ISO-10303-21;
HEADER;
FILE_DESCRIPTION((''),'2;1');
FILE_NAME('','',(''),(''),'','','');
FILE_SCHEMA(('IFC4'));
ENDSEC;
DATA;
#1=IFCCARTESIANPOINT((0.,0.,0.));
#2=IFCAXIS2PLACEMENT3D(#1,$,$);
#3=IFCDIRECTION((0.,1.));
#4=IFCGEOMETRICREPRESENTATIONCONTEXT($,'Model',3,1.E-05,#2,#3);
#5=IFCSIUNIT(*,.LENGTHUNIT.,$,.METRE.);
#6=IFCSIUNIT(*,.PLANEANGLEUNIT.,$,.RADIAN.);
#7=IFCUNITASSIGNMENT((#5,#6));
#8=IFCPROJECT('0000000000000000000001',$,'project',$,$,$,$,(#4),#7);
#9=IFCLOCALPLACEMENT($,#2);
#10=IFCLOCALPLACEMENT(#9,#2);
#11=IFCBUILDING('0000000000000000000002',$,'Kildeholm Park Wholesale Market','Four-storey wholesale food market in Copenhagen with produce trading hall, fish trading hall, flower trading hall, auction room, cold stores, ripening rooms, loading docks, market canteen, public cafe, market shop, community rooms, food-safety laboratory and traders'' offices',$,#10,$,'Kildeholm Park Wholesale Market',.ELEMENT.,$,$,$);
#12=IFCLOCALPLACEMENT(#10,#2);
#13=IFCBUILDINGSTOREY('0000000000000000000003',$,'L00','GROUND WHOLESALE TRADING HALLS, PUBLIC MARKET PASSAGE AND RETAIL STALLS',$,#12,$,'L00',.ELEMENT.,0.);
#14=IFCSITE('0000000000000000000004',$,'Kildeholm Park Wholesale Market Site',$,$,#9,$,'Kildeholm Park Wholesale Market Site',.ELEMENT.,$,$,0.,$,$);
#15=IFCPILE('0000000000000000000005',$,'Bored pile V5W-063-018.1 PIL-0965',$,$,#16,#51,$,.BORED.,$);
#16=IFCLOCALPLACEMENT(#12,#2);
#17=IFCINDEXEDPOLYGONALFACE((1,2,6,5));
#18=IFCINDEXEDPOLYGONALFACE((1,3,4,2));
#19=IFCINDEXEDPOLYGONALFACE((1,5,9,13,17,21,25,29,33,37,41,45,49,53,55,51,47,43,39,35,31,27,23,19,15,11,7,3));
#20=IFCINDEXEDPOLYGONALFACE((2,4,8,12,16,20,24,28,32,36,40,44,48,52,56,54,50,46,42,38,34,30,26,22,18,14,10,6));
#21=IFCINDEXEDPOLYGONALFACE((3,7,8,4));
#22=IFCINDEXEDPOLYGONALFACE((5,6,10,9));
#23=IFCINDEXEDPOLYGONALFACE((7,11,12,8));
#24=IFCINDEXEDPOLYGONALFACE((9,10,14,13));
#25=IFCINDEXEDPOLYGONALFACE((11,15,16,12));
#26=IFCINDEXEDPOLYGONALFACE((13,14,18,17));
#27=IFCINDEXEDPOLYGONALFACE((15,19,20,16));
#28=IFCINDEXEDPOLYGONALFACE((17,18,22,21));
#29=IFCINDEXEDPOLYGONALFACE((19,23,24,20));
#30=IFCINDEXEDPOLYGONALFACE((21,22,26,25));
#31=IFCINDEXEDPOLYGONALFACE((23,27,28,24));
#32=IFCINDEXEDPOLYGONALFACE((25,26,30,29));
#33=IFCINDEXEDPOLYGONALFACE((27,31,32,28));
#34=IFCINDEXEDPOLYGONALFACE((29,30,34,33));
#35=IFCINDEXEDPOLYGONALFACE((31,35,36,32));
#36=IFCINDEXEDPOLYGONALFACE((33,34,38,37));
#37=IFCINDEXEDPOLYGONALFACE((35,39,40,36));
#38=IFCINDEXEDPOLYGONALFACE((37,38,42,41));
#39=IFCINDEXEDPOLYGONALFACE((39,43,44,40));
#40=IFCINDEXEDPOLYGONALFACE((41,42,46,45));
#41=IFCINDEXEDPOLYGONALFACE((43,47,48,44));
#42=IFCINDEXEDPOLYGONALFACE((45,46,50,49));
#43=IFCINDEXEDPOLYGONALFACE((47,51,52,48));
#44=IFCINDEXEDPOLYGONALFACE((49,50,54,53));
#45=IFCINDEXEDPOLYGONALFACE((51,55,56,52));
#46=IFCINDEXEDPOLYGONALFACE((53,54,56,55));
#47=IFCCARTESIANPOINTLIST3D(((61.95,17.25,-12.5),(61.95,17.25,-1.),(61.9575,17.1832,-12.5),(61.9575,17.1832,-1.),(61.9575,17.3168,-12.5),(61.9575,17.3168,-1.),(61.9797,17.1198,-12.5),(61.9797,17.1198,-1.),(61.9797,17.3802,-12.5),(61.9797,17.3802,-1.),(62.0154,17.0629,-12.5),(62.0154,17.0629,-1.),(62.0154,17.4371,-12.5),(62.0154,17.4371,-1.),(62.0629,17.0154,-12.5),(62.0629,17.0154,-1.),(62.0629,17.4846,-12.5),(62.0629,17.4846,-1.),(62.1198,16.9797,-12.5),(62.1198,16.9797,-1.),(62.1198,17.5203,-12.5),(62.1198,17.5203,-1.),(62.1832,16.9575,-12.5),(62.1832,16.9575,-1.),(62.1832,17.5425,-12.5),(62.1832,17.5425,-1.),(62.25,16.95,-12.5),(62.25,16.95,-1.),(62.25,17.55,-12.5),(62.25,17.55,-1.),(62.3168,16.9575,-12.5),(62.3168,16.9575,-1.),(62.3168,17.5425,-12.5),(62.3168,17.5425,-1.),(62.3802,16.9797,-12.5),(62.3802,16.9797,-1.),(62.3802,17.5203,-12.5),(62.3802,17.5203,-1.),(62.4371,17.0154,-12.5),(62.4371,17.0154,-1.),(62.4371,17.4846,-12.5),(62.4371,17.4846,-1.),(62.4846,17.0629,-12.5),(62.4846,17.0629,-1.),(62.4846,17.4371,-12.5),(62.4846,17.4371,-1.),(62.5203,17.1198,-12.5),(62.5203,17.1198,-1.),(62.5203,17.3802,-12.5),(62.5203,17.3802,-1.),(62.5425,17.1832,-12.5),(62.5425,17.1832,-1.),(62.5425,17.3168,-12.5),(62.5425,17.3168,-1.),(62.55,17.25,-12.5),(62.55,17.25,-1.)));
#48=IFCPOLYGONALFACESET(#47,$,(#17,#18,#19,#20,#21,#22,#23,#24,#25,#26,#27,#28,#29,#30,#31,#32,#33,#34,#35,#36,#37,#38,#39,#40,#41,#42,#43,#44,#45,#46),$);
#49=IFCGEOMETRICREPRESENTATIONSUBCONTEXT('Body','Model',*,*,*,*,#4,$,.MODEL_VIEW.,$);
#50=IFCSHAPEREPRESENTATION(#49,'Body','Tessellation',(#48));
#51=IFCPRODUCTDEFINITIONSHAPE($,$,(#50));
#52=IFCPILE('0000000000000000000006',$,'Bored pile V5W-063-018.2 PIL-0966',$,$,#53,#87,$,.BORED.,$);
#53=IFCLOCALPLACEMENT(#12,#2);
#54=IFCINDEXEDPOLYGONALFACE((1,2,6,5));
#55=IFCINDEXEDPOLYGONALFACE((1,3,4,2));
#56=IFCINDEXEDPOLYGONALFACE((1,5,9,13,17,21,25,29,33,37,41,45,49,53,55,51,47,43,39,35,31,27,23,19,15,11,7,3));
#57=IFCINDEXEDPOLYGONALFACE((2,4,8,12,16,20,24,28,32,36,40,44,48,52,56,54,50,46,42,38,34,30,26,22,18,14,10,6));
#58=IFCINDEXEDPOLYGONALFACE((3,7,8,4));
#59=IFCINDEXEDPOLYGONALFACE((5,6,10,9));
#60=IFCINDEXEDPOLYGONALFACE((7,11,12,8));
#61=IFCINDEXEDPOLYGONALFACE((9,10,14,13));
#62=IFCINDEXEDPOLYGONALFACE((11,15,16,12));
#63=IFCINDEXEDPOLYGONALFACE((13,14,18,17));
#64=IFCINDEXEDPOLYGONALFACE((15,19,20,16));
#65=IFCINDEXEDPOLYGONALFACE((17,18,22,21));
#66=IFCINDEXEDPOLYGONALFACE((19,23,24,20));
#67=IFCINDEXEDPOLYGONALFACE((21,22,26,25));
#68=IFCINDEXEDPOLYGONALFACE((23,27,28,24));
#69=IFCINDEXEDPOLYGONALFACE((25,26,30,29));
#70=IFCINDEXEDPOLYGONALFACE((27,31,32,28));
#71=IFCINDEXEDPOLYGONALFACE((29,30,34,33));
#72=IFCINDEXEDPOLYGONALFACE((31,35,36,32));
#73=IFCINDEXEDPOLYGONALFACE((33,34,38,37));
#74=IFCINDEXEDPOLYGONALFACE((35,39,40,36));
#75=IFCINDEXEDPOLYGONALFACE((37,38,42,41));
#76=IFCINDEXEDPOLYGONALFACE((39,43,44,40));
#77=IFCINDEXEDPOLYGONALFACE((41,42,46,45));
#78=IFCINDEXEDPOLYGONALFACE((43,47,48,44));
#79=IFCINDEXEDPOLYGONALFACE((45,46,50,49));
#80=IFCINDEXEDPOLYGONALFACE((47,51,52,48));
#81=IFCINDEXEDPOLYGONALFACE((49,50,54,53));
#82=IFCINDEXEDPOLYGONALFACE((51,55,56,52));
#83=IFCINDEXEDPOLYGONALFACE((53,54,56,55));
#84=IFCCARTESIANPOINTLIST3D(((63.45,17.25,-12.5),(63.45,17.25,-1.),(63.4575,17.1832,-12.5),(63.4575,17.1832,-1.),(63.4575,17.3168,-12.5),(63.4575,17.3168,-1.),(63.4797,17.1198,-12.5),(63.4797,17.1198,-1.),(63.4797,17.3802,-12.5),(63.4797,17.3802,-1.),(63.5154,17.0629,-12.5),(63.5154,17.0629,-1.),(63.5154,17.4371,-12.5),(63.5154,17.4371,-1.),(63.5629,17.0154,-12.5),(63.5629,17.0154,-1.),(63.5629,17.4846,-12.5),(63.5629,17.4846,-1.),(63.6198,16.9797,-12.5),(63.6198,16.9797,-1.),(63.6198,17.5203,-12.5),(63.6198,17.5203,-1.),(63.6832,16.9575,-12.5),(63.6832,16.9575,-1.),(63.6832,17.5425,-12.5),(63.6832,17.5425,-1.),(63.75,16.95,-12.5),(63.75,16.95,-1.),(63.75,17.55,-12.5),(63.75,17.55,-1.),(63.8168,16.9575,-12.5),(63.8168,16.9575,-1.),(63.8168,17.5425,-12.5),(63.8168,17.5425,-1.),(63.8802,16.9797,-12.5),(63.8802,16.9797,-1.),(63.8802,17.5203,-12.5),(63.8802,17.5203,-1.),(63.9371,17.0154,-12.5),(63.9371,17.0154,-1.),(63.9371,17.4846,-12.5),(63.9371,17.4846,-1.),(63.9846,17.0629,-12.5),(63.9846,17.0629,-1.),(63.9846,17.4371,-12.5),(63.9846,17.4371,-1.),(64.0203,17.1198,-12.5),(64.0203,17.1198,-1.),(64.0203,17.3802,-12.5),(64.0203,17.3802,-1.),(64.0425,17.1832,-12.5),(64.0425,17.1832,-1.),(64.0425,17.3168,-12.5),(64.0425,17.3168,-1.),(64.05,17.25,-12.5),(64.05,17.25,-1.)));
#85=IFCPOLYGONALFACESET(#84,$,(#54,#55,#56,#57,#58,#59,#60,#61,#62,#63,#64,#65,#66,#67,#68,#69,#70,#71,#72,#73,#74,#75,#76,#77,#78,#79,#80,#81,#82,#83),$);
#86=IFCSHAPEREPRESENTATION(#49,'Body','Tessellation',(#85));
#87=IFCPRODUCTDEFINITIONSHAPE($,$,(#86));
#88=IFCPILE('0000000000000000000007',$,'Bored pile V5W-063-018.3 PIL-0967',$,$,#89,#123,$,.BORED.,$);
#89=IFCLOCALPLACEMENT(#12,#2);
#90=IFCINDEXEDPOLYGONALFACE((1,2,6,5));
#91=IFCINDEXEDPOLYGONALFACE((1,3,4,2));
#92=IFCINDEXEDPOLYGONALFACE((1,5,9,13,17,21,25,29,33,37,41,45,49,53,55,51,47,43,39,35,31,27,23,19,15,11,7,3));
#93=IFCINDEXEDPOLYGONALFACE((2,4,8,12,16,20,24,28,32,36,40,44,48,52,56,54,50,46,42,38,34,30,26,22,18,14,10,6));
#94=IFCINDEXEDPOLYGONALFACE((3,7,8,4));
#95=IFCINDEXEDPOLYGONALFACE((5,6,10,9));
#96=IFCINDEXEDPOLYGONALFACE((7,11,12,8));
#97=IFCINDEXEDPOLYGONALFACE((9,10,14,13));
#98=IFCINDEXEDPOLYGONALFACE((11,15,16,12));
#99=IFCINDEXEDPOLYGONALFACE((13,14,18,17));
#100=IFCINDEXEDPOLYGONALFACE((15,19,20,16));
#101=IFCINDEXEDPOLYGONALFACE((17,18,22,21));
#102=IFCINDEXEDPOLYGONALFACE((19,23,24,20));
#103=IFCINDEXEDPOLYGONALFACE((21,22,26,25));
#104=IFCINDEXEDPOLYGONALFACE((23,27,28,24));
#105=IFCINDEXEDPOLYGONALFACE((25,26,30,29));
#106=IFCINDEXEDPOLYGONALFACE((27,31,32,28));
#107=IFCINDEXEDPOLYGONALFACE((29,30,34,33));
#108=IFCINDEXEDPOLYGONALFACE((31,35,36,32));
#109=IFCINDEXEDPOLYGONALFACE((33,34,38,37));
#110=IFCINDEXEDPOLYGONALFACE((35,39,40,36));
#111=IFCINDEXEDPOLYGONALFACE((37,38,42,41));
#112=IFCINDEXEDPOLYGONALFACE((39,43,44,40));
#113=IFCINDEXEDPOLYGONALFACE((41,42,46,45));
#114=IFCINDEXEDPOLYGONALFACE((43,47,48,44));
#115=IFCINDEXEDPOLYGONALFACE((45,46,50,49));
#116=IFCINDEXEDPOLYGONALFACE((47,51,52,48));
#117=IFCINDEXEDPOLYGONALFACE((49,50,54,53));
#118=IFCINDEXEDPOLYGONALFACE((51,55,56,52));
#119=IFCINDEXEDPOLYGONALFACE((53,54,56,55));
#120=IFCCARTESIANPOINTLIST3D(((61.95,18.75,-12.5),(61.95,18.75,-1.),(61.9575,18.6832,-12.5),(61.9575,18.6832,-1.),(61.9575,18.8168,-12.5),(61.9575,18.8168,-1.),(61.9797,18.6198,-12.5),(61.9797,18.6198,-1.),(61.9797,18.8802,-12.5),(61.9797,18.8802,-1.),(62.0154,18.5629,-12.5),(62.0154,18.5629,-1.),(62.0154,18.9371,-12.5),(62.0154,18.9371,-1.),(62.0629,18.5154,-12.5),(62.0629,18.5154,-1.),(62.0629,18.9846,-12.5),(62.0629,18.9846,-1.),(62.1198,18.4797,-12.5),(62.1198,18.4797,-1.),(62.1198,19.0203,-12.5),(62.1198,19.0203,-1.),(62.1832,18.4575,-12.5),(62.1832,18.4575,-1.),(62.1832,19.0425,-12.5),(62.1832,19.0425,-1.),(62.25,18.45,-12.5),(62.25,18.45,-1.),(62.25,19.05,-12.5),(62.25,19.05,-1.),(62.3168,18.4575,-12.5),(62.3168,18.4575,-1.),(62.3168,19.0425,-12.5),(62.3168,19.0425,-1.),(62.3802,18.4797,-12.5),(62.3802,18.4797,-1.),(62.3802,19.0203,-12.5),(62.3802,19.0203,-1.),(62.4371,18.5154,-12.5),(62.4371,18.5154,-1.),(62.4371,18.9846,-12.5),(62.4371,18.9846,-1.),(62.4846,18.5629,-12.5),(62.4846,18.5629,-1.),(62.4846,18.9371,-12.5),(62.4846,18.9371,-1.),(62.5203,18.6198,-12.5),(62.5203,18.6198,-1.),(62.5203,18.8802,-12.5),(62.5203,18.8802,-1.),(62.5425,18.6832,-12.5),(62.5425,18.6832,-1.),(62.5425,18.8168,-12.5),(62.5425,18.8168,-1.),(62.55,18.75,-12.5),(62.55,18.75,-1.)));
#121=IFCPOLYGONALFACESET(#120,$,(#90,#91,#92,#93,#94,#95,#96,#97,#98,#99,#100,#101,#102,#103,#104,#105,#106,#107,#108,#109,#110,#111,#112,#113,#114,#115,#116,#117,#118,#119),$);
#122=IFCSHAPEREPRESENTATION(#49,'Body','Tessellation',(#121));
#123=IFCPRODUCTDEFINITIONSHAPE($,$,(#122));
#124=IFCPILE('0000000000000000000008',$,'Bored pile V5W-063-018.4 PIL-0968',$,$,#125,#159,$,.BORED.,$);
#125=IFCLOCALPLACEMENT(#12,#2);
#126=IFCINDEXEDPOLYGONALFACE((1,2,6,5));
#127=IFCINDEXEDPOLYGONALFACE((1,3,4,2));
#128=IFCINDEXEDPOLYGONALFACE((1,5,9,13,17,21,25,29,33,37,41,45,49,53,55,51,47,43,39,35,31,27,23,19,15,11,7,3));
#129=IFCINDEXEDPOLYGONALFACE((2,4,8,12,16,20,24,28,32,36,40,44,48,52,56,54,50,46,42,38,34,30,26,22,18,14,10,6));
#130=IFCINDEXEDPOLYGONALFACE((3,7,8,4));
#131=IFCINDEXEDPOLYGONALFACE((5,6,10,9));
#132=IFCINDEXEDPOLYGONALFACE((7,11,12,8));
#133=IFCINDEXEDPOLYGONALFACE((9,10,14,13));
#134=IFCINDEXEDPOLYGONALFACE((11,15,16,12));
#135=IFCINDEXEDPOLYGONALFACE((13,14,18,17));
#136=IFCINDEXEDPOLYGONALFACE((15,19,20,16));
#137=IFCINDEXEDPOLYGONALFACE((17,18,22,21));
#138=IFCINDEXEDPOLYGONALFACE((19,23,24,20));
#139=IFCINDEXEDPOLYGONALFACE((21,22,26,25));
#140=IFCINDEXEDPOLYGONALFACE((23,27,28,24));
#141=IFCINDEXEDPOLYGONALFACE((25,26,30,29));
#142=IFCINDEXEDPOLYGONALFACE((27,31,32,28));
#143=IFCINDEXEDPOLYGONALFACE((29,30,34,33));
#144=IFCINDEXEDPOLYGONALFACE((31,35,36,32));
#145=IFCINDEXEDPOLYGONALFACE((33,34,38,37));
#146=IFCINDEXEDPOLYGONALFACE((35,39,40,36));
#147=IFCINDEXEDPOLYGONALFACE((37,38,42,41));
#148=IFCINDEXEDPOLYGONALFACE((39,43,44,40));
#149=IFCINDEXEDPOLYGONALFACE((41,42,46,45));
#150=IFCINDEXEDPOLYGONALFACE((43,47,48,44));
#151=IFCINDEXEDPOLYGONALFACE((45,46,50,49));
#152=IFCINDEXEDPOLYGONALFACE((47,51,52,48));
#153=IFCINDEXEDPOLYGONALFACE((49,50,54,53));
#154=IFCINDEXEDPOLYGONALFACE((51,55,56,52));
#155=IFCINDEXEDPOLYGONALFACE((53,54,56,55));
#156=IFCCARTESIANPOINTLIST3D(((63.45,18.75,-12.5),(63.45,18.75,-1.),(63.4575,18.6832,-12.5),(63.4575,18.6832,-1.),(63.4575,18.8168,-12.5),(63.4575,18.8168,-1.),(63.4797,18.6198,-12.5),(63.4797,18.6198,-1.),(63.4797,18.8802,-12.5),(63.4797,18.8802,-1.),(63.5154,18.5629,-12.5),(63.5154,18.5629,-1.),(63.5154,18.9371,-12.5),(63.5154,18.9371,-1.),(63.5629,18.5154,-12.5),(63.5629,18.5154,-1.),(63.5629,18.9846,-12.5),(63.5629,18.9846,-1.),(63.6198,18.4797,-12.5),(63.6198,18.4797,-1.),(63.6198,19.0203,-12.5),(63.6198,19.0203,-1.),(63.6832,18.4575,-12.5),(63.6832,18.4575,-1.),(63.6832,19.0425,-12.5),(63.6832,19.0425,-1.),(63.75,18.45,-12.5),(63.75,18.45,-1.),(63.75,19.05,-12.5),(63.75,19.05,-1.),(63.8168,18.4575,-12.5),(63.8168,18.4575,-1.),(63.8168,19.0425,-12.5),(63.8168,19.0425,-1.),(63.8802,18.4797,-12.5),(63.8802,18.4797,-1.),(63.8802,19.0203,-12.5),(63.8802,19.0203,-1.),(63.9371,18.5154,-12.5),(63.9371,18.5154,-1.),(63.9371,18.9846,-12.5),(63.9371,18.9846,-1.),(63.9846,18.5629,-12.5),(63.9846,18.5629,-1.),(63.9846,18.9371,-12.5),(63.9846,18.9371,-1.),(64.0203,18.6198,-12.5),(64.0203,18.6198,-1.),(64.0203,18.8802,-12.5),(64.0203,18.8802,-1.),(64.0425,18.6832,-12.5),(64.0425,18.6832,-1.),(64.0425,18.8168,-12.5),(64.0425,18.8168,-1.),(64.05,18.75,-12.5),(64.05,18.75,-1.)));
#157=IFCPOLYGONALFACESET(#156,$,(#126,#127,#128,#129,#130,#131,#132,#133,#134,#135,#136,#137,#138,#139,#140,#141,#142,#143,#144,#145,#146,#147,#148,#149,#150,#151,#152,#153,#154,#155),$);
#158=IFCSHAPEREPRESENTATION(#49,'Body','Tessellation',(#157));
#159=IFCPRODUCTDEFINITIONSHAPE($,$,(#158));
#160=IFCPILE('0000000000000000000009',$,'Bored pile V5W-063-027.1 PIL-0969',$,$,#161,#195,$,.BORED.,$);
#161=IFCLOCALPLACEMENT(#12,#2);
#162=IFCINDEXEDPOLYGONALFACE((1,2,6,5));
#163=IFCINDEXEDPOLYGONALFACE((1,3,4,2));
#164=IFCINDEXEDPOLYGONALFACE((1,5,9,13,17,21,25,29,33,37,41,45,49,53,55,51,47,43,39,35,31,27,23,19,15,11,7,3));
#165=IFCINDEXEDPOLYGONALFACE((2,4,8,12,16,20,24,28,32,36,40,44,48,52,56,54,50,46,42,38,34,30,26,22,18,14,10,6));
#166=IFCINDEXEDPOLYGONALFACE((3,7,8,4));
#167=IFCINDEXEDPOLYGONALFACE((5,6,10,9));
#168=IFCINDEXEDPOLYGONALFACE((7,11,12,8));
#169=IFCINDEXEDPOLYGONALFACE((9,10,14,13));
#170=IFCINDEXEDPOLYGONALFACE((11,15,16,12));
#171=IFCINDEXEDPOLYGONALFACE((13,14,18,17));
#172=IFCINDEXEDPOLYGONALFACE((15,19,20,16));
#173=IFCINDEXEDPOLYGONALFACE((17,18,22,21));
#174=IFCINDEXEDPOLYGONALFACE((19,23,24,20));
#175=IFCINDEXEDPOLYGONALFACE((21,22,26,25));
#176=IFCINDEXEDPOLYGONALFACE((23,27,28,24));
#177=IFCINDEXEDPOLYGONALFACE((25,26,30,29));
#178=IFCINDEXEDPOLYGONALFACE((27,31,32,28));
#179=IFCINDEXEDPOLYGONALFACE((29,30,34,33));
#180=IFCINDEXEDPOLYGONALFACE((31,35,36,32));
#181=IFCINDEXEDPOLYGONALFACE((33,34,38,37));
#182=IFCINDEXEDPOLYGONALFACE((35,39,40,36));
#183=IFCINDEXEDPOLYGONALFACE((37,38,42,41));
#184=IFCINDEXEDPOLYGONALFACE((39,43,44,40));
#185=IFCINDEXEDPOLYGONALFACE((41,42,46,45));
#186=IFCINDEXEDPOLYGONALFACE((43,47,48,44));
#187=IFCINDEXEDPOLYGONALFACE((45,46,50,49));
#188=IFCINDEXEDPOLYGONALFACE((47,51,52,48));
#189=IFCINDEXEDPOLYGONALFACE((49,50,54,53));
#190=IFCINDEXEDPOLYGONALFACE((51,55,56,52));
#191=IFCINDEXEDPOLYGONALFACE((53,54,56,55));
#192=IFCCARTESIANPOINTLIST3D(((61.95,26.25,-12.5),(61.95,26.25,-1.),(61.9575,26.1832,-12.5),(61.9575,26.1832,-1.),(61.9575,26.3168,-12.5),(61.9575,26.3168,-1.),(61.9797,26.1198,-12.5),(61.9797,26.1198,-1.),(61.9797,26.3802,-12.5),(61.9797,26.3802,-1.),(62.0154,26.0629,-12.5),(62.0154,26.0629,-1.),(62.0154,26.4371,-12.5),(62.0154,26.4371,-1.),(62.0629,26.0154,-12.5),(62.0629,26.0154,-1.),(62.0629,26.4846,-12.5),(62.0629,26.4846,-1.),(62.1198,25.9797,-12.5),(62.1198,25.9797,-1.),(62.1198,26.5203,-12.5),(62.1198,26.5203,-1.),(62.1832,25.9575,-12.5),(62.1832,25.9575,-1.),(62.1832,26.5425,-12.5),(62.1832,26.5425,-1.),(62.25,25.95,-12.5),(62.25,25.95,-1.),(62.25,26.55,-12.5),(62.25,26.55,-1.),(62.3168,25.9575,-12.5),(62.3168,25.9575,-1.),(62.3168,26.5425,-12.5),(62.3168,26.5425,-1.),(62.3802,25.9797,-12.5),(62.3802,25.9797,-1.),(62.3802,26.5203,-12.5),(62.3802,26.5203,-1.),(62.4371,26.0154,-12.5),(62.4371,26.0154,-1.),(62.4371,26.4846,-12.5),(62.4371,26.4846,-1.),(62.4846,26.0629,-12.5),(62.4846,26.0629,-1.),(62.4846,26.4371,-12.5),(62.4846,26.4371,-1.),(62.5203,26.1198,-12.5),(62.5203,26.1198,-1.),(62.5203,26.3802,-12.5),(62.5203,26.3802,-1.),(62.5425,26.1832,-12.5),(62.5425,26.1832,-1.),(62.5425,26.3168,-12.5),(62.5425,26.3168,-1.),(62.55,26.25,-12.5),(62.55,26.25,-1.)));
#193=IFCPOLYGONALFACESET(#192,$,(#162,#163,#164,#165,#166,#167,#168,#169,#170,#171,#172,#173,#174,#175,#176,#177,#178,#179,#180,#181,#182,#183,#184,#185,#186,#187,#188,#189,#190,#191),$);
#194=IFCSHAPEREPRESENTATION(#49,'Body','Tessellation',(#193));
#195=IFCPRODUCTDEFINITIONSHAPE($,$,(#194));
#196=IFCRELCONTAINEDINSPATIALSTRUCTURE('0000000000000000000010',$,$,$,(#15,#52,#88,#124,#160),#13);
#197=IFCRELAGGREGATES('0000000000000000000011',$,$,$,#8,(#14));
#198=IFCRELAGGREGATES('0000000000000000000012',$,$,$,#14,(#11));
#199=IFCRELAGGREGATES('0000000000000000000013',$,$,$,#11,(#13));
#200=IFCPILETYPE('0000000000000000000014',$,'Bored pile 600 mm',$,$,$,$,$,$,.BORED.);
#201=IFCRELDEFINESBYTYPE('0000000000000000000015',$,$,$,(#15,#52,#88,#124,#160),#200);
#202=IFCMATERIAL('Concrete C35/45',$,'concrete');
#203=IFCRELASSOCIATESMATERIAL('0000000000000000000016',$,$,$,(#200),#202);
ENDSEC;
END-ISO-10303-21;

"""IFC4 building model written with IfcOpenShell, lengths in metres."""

from ifc_helpers import new_model, si_unit, direction, frame, origin, origin_2d, place, context, subcontext, project, spatial, circle, extrude, material, material_profile, profile_set, type_object, element, save


model = new_model("IFC4")

# Units and contexts
model_context = context("Model", 3, precision=1e-05, world=origin(), true_north=direction((0.0, 1.0)))
body_context = subcontext(model_context, "Body", "Model", "MODEL_VIEW")
ifc_project = project(units=[si_unit("LENGTHUNIT", "METRE"), si_unit("PLANEANGLEUNIT", "RADIAN")], contexts=[model_context])

# Site, building, storey
site_placement = place(None, origin())
site = spatial("IfcSite", under=ifc_project, at=site_placement, Name="Kildeholm Park Wholesale Market Site", LongName="Kildeholm Park Wholesale Market Site", CompositionType="ELEMENT", RefElevation=0.0)
building_placement = place(site_placement, origin())
building = spatial("IfcBuilding", under=site, at=building_placement, Name="Kildeholm Park Wholesale Market", Description="Four-storey wholesale food market in Copenhagen with produce trading hall, fish trading hall, flower trading hall, auction room, cold stores, ripening rooms, loading docks, market canteen, public cafe, market shop, community rooms, food-safety laboratory and traders' offices", LongName="Kildeholm Park Wholesale Market", CompositionType="ELEMENT")
storey_placement = place(building_placement, origin())
storey = spatial("IfcBuildingStorey", under=building, at=storey_placement, Name="L00", Description="GROUND WHOLESALE TRADING HALLS, PUBLIC MARKET PASSAGE AND RETAIL STALLS", LongName="L00", CompositionType="ELEMENT", Elevation=0.0)

# Piles
ifc_material_1 = material(Name="Concrete C35/45", Category="concrete")
ifc_material_profile_1 = material_profile(ifc_material_1, circle(Radius=0.3, at=origin_2d()), Name="PILE D600")
ifc_profile_set_1 = profile_set([ifc_material_profile_1], Name="Concrete C35/45")
pile_type = type_object("IfcPileType", Name="Bored pile 600 mm", PredefinedType="BORED", material=ifc_profile_set_1)
for number, where, z_axis, x_axis, name in (
    (1, (62.25, 17.25, -1.0), (0.0, 0.0, -1.0), (1.0, 0.0, 0.0), "Bored pile V5W-063-018.1 PIL-0965"),
    (2, (63.75, 17.25, -1.0), (0.0, 0.0, -1.0), (1.0, 0.0, 0.0), "Bored pile V5W-063-018.2 PIL-0966"),
    (3, (62.25, 18.75, -1.0), (0.0, 0.0, -1.0), (1.0, 0.0, 0.0), "Bored pile V5W-063-018.3 PIL-0967"),
    (4, (63.75, 18.75, -1.0), (0.0, 0.0, -1.0), (1.0, 0.0, 0.0), "Bored pile V5W-063-018.4 PIL-0968"),
    (5, (62.25, 26.25, -1.0), (0.0, 0.0, -1.0), (1.0, 0.0, 0.0), "Bored pile V5W-063-027.1 PIL-0969"),
):
    element("IfcPile", number, at=place(storey_placement, frame(where, z_axis=z_axis, x_axis=x_axis)), inside=storey, type_object=pile_type, Name=name, PredefinedType="BORED", context=body_context, shape_type="SweptSolid", body=[
        extrude(circle(Radius=0.3, at=origin_2d()), origin(), (0.0, 0.0, 1.0), 11.5),
    ])

save(model, "model.ifc")
